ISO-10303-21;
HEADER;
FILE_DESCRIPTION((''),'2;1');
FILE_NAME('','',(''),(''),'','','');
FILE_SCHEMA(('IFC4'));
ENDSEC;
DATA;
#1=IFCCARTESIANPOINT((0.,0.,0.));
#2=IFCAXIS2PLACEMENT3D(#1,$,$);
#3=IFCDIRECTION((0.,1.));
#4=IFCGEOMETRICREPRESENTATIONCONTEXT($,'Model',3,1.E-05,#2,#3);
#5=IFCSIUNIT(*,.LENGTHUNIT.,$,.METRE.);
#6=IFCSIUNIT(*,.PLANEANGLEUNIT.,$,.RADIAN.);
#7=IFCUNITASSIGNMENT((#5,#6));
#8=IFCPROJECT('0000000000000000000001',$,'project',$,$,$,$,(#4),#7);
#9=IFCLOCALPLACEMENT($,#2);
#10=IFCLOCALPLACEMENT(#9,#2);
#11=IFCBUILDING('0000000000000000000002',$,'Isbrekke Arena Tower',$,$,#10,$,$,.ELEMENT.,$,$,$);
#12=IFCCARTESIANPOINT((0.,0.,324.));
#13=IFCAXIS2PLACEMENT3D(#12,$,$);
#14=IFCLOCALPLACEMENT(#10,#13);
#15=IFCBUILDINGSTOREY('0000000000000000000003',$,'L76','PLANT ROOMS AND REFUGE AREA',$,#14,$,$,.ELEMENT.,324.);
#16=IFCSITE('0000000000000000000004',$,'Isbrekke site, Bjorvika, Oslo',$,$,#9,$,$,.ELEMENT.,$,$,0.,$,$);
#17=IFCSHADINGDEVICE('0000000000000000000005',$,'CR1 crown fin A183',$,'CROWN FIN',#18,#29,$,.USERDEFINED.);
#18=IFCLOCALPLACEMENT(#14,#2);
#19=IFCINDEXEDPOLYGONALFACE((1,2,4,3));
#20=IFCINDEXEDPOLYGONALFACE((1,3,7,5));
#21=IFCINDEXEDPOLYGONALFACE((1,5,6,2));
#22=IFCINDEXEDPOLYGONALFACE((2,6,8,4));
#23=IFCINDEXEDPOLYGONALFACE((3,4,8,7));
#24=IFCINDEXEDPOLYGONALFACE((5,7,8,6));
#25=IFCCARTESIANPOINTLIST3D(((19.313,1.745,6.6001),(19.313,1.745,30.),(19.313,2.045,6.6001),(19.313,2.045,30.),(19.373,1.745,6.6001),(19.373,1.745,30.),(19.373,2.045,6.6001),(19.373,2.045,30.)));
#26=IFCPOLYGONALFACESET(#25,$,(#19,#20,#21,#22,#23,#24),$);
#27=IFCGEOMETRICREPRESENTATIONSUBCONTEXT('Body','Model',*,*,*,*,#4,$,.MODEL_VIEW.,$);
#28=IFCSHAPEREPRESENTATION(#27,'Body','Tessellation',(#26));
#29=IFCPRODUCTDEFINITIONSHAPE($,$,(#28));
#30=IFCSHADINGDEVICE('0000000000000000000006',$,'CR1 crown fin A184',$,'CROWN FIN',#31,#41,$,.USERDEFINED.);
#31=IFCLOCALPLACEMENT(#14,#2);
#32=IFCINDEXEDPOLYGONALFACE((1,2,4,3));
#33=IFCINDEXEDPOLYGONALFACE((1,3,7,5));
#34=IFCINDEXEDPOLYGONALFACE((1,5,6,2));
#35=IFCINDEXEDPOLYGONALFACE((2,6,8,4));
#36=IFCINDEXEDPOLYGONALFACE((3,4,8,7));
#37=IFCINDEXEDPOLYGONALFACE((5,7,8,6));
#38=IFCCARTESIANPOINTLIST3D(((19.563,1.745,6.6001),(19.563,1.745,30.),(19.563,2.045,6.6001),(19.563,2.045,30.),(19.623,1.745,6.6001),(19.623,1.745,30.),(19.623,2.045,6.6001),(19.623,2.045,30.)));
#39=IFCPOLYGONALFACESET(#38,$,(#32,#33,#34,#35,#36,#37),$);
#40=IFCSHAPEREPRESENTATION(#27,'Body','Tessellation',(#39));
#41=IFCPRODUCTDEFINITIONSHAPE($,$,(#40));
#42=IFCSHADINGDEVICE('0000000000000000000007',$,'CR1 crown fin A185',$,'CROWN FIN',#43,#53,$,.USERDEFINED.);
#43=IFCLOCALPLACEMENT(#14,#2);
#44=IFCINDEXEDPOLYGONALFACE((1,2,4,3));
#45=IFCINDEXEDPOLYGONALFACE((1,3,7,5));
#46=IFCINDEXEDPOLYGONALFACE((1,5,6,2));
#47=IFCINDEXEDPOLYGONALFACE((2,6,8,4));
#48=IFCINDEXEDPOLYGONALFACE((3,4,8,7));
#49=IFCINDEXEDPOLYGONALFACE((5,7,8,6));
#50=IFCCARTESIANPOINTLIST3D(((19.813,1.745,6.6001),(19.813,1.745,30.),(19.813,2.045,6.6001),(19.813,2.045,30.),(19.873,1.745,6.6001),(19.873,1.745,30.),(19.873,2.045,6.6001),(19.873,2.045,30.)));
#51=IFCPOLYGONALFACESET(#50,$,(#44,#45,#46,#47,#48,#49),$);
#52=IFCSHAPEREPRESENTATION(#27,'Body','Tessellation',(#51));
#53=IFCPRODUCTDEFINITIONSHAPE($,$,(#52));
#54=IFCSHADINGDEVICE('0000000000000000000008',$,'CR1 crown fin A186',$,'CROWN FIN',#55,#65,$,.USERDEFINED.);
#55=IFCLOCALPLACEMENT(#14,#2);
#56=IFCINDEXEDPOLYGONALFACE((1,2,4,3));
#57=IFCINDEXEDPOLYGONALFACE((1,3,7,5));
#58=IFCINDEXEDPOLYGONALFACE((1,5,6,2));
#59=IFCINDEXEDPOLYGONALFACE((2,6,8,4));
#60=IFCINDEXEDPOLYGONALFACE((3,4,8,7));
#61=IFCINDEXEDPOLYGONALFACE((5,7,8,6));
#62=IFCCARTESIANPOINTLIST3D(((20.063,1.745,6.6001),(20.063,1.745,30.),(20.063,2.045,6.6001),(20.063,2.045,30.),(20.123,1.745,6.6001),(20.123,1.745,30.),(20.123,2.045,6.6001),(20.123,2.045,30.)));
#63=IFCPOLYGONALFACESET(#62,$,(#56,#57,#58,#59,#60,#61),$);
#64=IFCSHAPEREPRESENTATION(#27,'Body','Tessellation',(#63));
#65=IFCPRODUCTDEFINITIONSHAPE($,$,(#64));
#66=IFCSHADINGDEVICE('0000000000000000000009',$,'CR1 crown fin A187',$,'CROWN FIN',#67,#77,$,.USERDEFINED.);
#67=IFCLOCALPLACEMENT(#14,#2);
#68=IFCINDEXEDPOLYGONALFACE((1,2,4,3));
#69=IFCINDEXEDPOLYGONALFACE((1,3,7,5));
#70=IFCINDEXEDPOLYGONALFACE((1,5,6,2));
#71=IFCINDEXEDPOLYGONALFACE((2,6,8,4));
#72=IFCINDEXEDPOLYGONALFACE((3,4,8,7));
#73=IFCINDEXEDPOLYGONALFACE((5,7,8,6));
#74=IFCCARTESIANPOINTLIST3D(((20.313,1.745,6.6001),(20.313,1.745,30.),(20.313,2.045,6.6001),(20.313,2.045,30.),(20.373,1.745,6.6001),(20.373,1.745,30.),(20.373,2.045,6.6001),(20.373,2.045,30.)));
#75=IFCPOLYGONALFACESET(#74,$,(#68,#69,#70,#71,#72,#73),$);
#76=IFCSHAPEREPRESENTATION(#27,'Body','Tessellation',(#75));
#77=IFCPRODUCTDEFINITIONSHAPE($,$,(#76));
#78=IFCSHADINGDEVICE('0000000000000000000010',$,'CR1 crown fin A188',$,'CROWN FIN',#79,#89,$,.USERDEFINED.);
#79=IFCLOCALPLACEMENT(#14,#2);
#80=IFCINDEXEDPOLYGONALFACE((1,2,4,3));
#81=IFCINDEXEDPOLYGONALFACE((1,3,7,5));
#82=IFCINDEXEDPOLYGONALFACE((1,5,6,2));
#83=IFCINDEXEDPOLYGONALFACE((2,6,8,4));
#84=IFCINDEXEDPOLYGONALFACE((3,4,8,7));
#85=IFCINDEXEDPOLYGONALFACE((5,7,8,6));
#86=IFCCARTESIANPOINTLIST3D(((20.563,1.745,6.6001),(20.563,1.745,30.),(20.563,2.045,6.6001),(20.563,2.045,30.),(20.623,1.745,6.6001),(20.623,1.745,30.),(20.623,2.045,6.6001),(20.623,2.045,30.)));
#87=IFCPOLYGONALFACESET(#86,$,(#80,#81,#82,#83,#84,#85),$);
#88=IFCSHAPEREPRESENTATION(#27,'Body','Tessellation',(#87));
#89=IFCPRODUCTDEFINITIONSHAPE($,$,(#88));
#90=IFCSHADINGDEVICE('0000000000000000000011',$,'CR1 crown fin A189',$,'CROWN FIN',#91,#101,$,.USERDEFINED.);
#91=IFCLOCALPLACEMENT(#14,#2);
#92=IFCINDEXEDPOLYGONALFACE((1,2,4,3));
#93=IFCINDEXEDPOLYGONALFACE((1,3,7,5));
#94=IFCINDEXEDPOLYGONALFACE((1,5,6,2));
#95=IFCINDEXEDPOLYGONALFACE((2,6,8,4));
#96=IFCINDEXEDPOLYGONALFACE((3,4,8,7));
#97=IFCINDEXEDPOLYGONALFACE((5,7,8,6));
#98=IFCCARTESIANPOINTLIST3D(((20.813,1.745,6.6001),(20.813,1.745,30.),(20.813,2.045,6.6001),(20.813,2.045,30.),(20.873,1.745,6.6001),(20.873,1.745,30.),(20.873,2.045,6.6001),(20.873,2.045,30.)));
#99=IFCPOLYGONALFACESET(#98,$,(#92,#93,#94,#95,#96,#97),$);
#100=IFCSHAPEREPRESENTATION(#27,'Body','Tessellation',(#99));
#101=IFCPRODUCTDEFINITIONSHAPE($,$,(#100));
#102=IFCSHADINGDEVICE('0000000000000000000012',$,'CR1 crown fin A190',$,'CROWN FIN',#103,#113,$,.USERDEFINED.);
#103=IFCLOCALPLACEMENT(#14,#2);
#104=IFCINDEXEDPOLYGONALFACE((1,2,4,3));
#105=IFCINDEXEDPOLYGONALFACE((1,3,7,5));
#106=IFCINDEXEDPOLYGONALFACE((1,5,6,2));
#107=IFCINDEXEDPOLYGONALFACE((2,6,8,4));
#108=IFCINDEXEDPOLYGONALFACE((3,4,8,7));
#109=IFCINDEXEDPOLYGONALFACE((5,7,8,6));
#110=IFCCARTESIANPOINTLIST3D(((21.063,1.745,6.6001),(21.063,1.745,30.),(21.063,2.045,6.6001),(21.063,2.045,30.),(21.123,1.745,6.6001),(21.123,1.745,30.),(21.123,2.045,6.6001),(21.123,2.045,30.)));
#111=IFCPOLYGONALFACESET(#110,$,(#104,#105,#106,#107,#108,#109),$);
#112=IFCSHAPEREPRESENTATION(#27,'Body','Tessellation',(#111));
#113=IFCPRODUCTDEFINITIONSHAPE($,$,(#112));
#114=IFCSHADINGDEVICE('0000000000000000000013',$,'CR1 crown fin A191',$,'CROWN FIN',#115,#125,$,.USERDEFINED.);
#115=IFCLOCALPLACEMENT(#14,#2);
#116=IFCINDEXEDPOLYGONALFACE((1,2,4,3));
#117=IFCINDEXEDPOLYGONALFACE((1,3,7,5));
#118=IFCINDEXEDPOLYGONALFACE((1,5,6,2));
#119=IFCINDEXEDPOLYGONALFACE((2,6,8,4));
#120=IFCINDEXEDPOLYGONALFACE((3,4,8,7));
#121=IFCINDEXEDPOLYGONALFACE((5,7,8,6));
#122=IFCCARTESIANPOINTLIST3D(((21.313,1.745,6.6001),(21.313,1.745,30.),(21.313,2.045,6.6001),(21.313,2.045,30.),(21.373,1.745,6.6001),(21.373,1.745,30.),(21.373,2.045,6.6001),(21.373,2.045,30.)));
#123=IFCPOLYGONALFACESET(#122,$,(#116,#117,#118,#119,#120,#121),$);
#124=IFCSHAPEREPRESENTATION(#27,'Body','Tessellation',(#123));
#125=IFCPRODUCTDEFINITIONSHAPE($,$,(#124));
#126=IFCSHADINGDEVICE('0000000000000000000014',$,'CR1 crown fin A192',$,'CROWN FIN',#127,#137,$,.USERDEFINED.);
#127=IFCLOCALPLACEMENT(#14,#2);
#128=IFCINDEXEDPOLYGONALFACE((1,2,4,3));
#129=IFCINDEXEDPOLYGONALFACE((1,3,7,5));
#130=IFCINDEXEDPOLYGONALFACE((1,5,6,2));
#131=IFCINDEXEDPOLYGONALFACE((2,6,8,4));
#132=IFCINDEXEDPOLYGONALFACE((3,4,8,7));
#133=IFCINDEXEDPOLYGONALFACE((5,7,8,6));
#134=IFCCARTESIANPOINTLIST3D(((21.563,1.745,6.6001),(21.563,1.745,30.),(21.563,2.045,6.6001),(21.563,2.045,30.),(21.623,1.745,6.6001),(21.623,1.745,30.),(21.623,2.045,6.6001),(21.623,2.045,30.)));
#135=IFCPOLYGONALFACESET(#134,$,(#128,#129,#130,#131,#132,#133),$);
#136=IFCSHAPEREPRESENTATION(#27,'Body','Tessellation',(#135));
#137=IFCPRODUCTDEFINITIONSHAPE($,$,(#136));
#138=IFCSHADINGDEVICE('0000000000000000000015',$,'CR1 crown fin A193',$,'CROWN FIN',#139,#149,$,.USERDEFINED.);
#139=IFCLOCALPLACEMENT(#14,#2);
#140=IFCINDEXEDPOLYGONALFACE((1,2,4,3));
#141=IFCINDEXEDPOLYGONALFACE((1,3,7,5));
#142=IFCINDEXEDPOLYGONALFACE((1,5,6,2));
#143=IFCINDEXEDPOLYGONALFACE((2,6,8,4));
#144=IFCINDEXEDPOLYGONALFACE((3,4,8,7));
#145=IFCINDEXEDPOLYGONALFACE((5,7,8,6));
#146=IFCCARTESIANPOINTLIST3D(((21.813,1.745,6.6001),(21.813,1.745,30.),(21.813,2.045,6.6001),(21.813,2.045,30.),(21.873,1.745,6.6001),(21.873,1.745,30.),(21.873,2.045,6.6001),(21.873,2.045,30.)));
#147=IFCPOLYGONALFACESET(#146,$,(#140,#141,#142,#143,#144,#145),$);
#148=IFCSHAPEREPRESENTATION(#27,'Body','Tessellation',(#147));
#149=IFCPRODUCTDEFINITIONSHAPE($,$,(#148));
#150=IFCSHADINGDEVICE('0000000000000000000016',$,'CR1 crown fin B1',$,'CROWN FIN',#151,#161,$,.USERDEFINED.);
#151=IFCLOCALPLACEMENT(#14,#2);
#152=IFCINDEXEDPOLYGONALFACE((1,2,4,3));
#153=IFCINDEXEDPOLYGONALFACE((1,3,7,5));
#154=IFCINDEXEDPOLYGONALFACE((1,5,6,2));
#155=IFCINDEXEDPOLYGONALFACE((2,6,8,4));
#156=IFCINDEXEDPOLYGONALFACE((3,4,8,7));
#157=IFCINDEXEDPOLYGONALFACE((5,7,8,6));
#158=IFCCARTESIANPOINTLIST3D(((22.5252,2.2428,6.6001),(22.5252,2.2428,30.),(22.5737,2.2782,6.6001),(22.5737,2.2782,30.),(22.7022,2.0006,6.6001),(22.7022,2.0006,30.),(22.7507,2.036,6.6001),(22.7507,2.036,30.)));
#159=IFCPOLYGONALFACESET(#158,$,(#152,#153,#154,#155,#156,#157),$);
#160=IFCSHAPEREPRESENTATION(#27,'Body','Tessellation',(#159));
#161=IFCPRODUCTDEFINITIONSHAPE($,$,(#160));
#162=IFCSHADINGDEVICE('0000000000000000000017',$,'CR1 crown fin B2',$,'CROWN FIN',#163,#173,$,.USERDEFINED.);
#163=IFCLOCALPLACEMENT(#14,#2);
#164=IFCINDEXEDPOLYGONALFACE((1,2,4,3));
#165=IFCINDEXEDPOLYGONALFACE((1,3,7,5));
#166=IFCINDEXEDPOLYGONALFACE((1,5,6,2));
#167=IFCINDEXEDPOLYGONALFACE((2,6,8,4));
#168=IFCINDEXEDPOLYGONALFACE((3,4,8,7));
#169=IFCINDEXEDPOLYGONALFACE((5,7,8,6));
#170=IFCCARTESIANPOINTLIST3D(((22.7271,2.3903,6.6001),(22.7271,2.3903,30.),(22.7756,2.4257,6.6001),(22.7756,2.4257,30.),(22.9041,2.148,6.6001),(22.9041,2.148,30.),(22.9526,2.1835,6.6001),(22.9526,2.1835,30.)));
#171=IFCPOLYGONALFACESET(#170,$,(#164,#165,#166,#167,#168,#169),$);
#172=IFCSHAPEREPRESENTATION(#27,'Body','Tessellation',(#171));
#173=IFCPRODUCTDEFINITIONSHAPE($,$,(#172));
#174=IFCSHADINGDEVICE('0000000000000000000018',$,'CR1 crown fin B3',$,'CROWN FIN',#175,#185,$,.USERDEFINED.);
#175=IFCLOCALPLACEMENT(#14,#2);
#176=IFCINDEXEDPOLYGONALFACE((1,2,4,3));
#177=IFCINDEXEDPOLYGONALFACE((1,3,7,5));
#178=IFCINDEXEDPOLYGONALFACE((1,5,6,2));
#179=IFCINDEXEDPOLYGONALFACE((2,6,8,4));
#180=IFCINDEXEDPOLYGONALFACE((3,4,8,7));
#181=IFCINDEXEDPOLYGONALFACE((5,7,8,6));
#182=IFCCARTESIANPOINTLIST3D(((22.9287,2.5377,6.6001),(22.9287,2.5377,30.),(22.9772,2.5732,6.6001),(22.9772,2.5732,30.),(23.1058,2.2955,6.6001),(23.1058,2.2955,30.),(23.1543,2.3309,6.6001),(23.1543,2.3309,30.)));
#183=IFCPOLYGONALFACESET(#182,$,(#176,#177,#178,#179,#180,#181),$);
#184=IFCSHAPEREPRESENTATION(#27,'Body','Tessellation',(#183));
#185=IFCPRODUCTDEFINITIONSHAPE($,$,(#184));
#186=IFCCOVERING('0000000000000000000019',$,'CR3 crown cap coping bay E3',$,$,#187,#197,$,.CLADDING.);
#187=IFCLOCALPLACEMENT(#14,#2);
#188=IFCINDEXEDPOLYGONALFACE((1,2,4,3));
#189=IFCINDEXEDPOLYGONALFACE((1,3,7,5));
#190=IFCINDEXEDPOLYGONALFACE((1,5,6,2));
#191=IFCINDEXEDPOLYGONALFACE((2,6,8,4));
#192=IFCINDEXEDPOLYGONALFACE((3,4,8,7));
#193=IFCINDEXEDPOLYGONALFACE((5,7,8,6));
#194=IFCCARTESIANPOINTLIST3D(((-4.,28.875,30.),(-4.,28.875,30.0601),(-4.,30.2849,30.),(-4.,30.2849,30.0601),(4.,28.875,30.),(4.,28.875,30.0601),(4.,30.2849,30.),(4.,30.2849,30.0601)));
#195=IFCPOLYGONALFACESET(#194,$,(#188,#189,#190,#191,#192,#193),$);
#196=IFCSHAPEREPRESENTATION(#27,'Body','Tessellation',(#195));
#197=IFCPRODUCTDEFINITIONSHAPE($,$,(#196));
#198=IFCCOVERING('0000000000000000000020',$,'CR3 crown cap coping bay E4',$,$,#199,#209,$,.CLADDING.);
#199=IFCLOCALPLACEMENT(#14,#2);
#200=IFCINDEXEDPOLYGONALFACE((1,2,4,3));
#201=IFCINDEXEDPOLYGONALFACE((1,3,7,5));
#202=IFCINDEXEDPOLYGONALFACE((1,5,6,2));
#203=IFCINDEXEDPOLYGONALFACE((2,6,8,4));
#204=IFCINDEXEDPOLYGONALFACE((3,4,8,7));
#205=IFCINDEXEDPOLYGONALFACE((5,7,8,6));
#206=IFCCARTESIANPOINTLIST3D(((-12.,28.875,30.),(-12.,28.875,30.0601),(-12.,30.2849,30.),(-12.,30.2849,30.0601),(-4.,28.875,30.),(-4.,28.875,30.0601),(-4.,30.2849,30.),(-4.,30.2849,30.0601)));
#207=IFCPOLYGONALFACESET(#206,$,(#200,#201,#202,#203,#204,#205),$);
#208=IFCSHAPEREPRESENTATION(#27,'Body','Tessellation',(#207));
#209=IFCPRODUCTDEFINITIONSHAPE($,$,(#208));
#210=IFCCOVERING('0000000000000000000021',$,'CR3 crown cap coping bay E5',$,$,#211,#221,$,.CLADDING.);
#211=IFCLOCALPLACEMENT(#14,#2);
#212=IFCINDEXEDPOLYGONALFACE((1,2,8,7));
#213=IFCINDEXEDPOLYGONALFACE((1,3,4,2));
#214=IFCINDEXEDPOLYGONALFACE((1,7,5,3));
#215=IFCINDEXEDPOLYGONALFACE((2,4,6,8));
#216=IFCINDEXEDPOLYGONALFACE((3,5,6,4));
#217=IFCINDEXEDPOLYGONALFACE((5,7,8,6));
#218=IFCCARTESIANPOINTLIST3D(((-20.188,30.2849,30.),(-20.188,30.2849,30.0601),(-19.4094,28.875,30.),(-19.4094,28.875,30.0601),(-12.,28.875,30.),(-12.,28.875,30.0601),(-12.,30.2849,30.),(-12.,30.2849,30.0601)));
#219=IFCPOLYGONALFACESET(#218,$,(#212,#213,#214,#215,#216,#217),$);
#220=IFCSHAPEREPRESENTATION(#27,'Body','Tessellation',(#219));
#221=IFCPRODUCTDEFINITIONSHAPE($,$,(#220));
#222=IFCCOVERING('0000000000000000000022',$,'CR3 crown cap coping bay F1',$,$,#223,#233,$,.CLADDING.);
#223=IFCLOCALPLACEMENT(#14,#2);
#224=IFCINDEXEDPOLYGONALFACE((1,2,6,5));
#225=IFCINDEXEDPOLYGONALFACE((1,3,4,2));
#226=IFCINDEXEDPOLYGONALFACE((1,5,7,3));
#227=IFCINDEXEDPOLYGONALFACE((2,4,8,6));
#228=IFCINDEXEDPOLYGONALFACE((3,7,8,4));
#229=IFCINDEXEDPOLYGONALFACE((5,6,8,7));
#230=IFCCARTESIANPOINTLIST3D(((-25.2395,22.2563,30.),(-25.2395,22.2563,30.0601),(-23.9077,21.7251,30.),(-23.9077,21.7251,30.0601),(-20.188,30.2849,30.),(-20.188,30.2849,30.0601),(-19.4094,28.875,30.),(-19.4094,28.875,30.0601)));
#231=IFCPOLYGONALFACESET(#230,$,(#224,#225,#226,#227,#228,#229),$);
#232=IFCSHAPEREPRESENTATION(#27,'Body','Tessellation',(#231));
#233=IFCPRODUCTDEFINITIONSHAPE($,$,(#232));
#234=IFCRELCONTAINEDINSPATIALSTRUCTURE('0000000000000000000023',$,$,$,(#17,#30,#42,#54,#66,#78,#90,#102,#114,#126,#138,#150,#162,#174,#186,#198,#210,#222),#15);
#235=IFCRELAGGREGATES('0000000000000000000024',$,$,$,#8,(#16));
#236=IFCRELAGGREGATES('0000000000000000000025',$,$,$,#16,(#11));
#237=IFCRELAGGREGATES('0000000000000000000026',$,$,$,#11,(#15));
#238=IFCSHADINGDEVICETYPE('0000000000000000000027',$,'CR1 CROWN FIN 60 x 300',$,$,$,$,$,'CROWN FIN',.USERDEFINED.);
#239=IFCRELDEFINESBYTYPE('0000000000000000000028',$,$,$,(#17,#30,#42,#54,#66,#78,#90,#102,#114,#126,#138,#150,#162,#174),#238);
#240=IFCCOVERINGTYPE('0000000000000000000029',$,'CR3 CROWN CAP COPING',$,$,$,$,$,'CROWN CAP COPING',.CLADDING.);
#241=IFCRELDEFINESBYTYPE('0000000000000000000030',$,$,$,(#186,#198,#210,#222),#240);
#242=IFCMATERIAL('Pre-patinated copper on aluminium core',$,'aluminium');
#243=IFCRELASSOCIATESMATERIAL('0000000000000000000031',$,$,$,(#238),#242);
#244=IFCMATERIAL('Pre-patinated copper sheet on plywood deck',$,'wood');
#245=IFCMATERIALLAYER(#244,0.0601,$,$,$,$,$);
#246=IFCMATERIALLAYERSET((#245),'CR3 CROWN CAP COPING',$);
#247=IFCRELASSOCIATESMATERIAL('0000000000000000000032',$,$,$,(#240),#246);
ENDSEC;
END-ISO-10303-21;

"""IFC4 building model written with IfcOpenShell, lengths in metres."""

from ifc_helpers import new_model, si_unit, direction, frame, origin, origin_2d, place, context, subcontext, project, spatial, polyline, rectangle, outline, extrude, material, layer, layer_set, material_profile, profile_set, type_object, element, save


model = new_model("IFC4")

# Units and contexts
model_context = context("Model", 3, precision=1e-05, world=origin(), true_north=direction((0.0, 1.0)))
body_context = subcontext(model_context, "Body", "Model", "MODEL_VIEW")
ifc_project = project(units=[si_unit("LENGTHUNIT", "METRE"), si_unit("PLANEANGLEUNIT", "RADIAN")], contexts=[model_context])

# Site, building, storey
site_placement = place(None, origin())
site = spatial("IfcSite", under=ifc_project, at=site_placement, Name="Isbrekke site, Bjorvika, Oslo", CompositionType="ELEMENT", RefElevation=0.0)
building_placement = place(site_placement, origin())
building = spatial("IfcBuilding", under=site, at=building_placement, Name="Isbrekke Arena Tower", CompositionType="ELEMENT")
storey_placement = place(building_placement, frame((0.0, 0.0, 324.0)))
storey = spatial("IfcBuildingStorey", under=building, at=storey_placement, Name="L76", Description="PLANT ROOMS AND REFUGE AREA", CompositionType="ELEMENT", Elevation=324.0)

# Shading devices
ifc_material_1 = material(Name="Pre-patinated copper on aluminium core", Category="aluminium")
ifc_material_profile_1 = material_profile(ifc_material_1, rectangle(XDim=0.0601, YDim=0.3, at=origin_2d()), Name="FIN 60X300")
ifc_profile_set_1 = profile_set([ifc_material_profile_1], Name="Pre-patinated copper on aluminium core")
shading_device_type = type_object("IfcShadingDeviceType", Name="CR1 CROWN FIN 60 x 300", ElementType="CROWN FIN", PredefinedType="USERDEFINED", material=ifc_profile_set_1)
for number, where, z_axis, x_axis, name in (
    (1, (19.343, 1.895, 6.6001), (0.0, 0.0, 1.0), (1.0, 0.0, 0.0), "CR1 crown fin A183"),
    (2, (19.593, 1.895, 6.6001), (0.0, 0.0, 1.0), (1.0, 0.0, 0.0), "CR1 crown fin A184"),
    (3, (19.843, 1.895, 6.6001), (0.0, 0.0, 1.0), (1.0, 0.0, 0.0), "CR1 crown fin A185"),
    (4, (20.093, 1.895, 6.6001), (0.0, 0.0, 1.0), (1.0, 0.0, 0.0), "CR1 crown fin A186"),
    (5, (20.343, 1.895, 6.6001), (0.0, 0.0, 1.0), (1.0, 0.0, 0.0), "CR1 crown fin A187"),
    (6, (20.593, 1.895, 6.6001), (0.0, 0.0, 1.0), (1.0, 0.0, 0.0), "CR1 crown fin A188"),
    (7, (20.843, 1.895, 6.6001), (0.0, 0.0, 1.0), (1.0, 0.0, 0.0), "CR1 crown fin A189"),
    (8, (21.093, 1.895, 6.6001), (0.0, 0.0, 1.0), (1.0, 0.0, 0.0), "CR1 crown fin A190"),
    (9, (21.343, 1.895, 6.6001), (0.0, 0.0, 1.0), (1.0, 0.0, 0.0), "CR1 crown fin A191"),
    (10, (21.593, 1.895, 6.6001), (0.0, 0.0, 1.0), (1.0, 0.0, 0.0), "CR1 crown fin A192"),
    (11, (21.843, 1.895, 6.6001), (0.0, 0.0, 1.0), (1.0, 0.0, 0.0), "CR1 crown fin A193"),
    (12, (22.6379, 2.1394, 6.6001), (0.0, 0.0, 1.0), (0.80733, 0.5901, 0.0), "CR1 crown fin B1"),
    (13, (22.8398, 2.2869, 6.6001), (0.0, 0.0, 1.0), (0.80733, 0.5901, 0.0), "CR1 crown fin B2"),
    (14, (23.0415, 2.4343, 6.6001), (0.0, 0.0, 1.0), (0.80733, 0.5901, 0.0), "CR1 crown fin B3"),
):
    element("IfcShadingDevice", number, at=place(storey_placement, frame(where, z_axis=z_axis, x_axis=x_axis)), inside=storey, type_object=shading_device_type, Name=name, ObjectType="CROWN FIN", PredefinedType="USERDEFINED", context=body_context, shape_type="SweptSolid", body=[
        extrude(rectangle(XDim=0.0601, YDim=0.3, at=origin_2d()), origin(), (0.0, 0.0, 1.0), 23.3999),
    ])

# Coverings
ifc_material_2 = material(Name="Pre-patinated copper sheet on plywood deck", Category="wood")
ifc_layer = layer(ifc_material_2, 0.0601)
ifc_layer_set = layer_set([ifc_layer], Name="CR3 CROWN CAP COPING")
covering_type = type_object("IfcCoveringType", Name="CR3 CROWN CAP COPING", ElementType="CROWN CAP COPING", PredefinedType="CLADDING", material=ifc_layer_set)
covering_1_placement = place(storey_placement, frame((0.0, 0.0, 30.0)))
element("IfcCovering", 15, at=covering_1_placement, inside=storey, type_object=covering_type, Name="CR3 crown cap coping bay E3", PredefinedType="CLADDING", context=body_context, shape_type="SweptSolid", body=[
    extrude(outline(polyline([(4.0, 28.875), (-4.0, 28.875), (-4.0, 30.2849), (4.0, 30.2849), (4.0, 28.875)])), origin(), (0.0, 0.0, 1.0), 0.0601),
])
covering_2_placement = place(storey_placement, frame((0.0, 0.0, 30.0)))
element("IfcCovering", 16, at=covering_2_placement, inside=storey, type_object=covering_type, Name="CR3 crown cap coping bay E4", PredefinedType="CLADDING", context=body_context, shape_type="SweptSolid", body=[
    extrude(outline(polyline([(-4.0, 28.875), (-12.0, 28.875), (-12.0, 30.2849), (-4.0, 30.2849), (-4.0, 28.875)])), origin(), (0.0, 0.0, 1.0), 0.0601),
])
covering_3_placement = place(storey_placement, frame((0.0, 0.0, 30.0)))
element("IfcCovering", 17, at=covering_3_placement, inside=storey, type_object=covering_type, Name="CR3 crown cap coping bay E5", PredefinedType="CLADDING", context=body_context, shape_type="SweptSolid", body=[
    extrude(outline(polyline([(-12.0, 28.875), (-19.4094, 28.875), (-20.188, 30.2849), (-12.0, 30.2849), (-12.0, 28.875)])), origin(), (0.0, 0.0, 1.0), 0.0601),
])
covering_4_placement = place(storey_placement, frame((0.0, 0.0, 30.0)))
element("IfcCovering", 18, at=covering_4_placement, inside=storey, type_object=covering_type, Name="CR3 crown cap coping bay F1", PredefinedType="CLADDING", context=body_context, shape_type="SweptSolid", body=[
    extrude(outline(polyline([(-19.4094, 28.875), (-23.9077, 21.7251), (-25.2395, 22.2563), (-20.188, 30.2849), (-19.4094, 28.875)])), origin(), (0.0, 0.0, 1.0), 0.0601),
])

save(model, "model.ifc")
